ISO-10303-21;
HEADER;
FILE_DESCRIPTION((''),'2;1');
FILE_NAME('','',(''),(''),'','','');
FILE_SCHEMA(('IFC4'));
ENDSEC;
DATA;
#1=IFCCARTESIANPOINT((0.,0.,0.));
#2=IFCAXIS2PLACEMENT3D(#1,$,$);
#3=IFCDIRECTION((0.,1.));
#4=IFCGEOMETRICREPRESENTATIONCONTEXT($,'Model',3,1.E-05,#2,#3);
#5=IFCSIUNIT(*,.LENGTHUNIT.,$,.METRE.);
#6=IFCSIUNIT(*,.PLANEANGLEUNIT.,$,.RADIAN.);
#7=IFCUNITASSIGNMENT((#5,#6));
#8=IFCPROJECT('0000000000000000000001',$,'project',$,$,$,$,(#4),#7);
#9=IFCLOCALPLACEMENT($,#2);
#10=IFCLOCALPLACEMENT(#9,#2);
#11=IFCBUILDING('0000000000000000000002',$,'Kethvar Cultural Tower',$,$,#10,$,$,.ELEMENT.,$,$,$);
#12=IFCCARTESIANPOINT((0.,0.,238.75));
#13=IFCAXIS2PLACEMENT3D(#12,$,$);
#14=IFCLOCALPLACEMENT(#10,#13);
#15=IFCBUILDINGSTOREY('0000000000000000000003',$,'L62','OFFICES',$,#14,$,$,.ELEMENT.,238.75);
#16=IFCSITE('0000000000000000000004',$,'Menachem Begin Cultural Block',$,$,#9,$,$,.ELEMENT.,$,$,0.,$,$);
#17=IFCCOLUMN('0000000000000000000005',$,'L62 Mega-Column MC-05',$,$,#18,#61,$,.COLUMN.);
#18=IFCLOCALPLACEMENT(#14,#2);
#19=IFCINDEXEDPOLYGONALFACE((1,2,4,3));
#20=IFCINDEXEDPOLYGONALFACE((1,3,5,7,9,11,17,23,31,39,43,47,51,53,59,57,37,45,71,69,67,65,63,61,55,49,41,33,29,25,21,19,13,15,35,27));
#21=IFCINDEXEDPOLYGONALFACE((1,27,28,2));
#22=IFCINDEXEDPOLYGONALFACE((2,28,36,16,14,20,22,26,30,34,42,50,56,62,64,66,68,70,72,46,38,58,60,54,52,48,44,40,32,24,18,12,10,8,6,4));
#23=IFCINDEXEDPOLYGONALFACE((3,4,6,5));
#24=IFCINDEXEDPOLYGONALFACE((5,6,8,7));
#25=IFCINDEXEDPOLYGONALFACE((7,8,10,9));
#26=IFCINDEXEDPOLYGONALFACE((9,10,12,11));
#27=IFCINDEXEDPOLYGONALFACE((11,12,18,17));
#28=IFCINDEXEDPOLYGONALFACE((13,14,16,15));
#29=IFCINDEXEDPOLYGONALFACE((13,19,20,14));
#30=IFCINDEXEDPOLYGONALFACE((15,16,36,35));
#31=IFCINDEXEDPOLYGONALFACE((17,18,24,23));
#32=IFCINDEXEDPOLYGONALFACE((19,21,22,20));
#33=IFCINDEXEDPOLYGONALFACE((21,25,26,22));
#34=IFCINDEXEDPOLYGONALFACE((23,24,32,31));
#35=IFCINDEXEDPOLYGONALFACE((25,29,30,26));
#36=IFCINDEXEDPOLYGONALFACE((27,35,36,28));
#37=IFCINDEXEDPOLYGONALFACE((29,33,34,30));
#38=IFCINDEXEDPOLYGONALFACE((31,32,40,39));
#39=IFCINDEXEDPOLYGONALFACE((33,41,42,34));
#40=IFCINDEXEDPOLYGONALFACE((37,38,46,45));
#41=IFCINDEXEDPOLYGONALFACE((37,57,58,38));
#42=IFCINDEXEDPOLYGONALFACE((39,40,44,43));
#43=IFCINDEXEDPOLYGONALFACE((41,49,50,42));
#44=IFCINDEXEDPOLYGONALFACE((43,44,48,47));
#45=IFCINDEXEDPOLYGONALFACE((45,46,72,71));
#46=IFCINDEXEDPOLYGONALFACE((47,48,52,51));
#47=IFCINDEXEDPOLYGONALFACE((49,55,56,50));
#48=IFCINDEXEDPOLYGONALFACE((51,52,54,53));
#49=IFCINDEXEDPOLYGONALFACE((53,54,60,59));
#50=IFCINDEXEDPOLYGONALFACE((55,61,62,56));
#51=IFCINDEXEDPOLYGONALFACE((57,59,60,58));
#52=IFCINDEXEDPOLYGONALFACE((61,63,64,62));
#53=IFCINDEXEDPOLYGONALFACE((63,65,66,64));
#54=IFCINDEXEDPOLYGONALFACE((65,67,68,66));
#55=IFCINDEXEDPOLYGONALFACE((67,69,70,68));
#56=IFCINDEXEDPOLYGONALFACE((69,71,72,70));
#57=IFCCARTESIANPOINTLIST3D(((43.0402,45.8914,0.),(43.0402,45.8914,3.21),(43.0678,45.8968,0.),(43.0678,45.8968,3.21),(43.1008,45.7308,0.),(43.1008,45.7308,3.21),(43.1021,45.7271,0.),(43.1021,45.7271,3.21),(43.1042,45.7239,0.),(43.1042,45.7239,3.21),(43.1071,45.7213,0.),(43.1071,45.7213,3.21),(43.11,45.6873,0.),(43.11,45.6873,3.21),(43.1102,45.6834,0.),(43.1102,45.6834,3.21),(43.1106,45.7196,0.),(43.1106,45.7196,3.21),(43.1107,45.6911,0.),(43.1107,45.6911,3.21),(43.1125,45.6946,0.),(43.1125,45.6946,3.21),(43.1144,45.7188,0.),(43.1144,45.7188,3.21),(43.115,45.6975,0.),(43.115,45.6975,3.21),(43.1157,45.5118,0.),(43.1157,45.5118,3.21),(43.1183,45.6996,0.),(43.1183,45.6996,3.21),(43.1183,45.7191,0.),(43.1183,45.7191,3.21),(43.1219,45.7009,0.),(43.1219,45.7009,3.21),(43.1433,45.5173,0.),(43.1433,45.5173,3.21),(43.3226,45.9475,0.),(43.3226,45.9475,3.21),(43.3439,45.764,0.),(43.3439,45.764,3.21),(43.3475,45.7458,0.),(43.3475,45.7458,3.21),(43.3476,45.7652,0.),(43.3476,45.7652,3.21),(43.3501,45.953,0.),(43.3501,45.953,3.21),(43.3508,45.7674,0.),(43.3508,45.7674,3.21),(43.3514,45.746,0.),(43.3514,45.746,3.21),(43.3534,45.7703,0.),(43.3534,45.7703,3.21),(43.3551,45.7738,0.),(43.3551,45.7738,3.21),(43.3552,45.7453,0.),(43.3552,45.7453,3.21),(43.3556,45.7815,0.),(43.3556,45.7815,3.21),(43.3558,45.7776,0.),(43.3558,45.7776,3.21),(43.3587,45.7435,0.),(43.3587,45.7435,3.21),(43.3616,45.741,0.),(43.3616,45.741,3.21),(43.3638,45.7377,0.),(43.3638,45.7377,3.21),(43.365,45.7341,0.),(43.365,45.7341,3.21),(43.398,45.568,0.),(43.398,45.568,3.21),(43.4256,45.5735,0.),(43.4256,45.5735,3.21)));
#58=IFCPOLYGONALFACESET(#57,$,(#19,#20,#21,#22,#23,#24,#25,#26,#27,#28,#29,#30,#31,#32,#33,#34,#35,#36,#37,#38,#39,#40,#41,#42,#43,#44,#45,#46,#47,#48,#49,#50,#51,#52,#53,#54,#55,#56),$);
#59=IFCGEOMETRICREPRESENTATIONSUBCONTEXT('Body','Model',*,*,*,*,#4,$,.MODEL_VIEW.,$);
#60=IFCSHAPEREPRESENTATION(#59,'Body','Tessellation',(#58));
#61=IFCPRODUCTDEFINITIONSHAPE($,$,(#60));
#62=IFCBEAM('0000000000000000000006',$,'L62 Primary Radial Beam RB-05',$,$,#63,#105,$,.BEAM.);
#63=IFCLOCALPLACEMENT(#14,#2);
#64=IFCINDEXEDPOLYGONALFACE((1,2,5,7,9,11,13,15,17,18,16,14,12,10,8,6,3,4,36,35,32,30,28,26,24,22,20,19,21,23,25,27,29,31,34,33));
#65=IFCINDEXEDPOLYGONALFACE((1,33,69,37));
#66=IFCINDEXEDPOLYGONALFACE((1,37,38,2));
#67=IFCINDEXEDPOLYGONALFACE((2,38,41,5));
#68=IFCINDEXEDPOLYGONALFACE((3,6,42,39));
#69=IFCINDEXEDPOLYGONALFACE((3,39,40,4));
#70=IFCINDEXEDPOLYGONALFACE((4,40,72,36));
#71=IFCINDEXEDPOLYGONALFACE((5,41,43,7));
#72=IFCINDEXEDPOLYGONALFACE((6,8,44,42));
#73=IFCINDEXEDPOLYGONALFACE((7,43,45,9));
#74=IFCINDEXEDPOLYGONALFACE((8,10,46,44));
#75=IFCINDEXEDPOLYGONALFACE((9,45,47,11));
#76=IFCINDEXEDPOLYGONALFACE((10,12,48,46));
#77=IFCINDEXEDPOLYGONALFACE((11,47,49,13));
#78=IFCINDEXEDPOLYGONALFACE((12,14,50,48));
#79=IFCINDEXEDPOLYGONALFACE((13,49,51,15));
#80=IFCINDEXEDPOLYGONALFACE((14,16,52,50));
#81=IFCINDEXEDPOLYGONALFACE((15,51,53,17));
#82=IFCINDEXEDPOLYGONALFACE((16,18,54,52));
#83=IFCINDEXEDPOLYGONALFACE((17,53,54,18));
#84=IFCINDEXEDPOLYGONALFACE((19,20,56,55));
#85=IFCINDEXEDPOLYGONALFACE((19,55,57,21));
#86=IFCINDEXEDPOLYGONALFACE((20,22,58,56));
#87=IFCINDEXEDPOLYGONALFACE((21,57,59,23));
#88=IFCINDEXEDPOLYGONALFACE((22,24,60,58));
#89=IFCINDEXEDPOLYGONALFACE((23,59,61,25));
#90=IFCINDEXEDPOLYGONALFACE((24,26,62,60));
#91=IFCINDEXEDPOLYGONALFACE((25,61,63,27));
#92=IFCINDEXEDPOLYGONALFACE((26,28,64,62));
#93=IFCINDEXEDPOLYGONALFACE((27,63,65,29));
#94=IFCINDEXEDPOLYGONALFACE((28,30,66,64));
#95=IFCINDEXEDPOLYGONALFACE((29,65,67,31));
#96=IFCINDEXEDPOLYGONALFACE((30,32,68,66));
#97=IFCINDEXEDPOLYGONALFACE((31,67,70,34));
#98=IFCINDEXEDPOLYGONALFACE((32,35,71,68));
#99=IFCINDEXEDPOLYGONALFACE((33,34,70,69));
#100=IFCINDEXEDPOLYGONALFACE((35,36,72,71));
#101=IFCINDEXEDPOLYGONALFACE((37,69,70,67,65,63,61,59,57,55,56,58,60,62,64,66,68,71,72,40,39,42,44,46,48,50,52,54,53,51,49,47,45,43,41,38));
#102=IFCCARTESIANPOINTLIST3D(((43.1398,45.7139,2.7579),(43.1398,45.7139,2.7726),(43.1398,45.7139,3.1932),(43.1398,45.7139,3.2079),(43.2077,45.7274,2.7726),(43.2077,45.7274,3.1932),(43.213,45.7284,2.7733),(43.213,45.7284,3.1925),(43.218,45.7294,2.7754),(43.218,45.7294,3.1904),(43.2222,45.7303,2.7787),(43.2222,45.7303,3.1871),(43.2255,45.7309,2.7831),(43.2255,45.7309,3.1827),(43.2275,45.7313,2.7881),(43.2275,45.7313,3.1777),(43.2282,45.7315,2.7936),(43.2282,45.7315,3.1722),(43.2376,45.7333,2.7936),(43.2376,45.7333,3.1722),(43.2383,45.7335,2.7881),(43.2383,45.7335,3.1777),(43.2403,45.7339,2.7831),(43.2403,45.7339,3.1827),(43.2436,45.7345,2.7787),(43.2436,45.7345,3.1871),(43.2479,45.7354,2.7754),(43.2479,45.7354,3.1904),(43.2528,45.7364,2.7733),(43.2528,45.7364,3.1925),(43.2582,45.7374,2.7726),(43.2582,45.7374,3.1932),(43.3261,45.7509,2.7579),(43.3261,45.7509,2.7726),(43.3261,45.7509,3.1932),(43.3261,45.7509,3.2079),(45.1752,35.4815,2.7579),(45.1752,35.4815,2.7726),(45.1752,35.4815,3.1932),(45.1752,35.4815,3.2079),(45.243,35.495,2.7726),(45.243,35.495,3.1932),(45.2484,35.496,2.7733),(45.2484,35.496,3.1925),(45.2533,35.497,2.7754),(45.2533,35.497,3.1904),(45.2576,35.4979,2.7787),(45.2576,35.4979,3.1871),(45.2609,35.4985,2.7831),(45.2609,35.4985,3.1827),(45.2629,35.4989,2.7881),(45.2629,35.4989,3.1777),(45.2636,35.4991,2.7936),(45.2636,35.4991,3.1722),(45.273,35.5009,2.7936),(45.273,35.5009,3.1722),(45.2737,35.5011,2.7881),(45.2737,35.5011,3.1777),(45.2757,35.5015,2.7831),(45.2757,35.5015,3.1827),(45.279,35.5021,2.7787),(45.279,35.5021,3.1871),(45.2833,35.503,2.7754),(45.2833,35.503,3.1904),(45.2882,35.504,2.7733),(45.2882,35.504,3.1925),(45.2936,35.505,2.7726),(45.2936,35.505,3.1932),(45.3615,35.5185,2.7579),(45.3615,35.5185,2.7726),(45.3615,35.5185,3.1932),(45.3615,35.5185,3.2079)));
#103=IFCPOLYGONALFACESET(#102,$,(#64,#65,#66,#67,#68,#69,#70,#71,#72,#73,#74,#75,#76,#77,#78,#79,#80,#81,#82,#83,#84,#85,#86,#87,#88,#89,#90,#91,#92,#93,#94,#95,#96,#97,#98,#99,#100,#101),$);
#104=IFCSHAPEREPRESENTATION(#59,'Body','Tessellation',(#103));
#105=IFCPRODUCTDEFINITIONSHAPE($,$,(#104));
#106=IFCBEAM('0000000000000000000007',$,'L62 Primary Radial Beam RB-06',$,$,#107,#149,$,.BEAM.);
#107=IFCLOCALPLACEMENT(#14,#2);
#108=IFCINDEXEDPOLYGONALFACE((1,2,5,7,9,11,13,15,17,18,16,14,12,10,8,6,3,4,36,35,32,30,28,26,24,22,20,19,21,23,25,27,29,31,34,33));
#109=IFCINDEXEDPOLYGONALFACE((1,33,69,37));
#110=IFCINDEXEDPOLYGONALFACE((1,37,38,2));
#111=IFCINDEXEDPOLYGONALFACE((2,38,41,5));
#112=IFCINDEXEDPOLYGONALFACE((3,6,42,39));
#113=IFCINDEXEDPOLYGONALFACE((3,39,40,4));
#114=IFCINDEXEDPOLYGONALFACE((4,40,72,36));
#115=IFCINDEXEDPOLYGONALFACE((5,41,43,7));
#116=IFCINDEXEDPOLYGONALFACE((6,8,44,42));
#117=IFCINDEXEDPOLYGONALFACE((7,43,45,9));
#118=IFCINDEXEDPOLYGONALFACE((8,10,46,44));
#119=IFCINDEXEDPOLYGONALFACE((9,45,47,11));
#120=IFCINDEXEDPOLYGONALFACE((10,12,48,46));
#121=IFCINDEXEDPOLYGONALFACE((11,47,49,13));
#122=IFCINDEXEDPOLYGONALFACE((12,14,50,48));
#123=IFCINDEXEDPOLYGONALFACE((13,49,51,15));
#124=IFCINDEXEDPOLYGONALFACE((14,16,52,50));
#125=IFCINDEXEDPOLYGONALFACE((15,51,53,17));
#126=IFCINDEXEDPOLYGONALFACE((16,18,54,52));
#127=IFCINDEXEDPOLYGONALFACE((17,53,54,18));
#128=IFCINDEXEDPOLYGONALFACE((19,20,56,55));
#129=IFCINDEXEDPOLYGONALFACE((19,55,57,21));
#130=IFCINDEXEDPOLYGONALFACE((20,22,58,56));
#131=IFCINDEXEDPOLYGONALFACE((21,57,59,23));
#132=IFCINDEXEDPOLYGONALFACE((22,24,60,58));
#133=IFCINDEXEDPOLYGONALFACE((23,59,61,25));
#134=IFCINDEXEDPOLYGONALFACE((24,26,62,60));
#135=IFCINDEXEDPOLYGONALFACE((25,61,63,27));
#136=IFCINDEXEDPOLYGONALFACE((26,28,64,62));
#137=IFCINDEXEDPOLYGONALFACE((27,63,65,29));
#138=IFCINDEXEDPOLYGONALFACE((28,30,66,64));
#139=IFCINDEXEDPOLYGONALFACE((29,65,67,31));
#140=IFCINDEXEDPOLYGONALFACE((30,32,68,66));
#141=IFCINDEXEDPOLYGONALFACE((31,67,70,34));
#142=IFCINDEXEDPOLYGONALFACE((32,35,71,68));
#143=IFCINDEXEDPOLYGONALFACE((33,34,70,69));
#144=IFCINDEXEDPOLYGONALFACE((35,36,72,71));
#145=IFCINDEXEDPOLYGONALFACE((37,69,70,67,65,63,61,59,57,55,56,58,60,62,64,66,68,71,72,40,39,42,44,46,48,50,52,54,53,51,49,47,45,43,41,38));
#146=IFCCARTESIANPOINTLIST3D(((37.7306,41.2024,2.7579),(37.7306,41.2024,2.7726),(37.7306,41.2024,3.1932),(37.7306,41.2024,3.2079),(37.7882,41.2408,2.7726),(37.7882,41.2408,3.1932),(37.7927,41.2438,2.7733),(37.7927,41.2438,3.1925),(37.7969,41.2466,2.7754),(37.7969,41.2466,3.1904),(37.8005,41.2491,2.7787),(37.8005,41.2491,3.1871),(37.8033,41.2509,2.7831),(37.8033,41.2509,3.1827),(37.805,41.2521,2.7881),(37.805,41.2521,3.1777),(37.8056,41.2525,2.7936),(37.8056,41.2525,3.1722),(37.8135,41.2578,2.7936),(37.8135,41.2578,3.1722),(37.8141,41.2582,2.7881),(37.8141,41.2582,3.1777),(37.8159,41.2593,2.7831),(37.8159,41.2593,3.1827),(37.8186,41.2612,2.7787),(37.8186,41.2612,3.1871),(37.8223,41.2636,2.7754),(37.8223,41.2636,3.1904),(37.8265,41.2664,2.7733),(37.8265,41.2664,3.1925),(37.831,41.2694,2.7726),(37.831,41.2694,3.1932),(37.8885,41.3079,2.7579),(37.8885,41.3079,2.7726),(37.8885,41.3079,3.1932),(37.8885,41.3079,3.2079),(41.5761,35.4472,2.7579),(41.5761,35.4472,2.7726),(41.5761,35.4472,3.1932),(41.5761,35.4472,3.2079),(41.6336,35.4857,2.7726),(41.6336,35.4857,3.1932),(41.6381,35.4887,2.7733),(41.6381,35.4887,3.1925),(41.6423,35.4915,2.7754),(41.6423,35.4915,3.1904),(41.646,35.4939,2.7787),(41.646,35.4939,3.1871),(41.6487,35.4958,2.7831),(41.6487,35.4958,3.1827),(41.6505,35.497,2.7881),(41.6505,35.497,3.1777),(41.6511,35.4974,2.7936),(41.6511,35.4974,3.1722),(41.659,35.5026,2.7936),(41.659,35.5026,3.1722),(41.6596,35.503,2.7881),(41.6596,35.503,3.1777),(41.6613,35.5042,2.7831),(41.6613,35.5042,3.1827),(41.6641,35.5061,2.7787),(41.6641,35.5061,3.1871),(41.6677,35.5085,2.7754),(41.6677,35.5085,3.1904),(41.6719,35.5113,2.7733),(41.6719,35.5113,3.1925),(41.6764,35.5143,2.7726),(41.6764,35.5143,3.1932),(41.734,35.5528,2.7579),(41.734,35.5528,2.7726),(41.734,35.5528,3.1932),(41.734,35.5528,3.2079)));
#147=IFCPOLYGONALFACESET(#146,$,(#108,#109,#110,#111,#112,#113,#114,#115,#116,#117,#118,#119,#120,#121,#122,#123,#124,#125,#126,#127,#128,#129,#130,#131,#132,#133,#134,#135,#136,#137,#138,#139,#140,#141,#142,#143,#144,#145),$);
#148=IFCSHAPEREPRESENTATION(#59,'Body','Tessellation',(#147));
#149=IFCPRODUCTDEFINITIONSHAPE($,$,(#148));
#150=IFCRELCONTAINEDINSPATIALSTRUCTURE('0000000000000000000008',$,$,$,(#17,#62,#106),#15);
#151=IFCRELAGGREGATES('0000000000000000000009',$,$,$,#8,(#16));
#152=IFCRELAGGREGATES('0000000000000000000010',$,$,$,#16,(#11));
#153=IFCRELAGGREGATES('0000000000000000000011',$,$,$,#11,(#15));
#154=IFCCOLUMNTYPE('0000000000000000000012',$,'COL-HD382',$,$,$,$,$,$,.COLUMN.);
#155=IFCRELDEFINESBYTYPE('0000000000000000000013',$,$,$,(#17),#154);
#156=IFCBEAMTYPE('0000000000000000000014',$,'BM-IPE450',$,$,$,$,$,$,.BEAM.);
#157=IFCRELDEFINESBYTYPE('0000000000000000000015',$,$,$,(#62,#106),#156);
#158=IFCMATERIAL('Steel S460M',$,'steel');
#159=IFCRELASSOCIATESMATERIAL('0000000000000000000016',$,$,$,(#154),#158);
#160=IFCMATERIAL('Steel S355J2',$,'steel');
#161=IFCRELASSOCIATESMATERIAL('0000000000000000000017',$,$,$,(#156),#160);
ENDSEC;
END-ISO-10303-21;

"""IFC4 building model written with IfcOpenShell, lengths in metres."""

from ifc_helpers import new_model, si_unit, direction, frame, origin, origin_2d, place, context, subcontext, project, spatial, i_section, extrude, source, transform, mapped, material, material_profile, profile_set, type_object, element, save


model = new_model("IFC4")

# Units and contexts
model_context = context("Model", 3, precision=1e-05, world=origin(), true_north=direction((0.0, 1.0)))
body_context = subcontext(model_context, "Body", "Model", "MODEL_VIEW")
ifc_project = project(units=[si_unit("LENGTHUNIT", "METRE"), si_unit("PLANEANGLEUNIT", "RADIAN")], contexts=[model_context])

# Site, building, storey
site_placement = place(None, origin())
site = spatial("IfcSite", under=ifc_project, at=site_placement, Name="Menachem Begin Cultural Block", CompositionType="ELEMENT", RefElevation=0.0)
building_placement = place(site_placement, origin())
building = spatial("IfcBuilding", under=site, at=building_placement, Name="Kethvar Cultural Tower", CompositionType="ELEMENT")
storey_placement = place(building_placement, frame((0.0, 0.0, 238.75)))
storey = spatial("IfcBuildingStorey", under=building, at=storey_placement, Name="L62", Description="OFFICES", CompositionType="ELEMENT", Elevation=238.75)

# Column
ifc_material_1 = material(Name="Steel S460M", Category="steel")
ifc_material_profile_1 = material_profile(ifc_material_1, i_section(OverallWidth=0.387, OverallDepth=0.3159, WebThickness=0.0186, FlangeThickness=0.0281, FilletRadius=0.0149, at=origin_2d()), Name="Steel S460M — HD400x382")
ifc_profile_set_1 = profile_set([ifc_material_profile_1], Name="Steel S460M — HD400x382")
column_type = type_object("IfcColumnType", Name="COL-HD382", PredefinedType="COLUMN", material=ifc_profile_set_1)
shared_shape_1 = source(origin(), body_context, "Body", "SweptSolid", [
    extrude(i_section(OverallWidth=0.387, OverallDepth=0.3159, WebThickness=0.0186, FlangeThickness=0.0281, FilletRadius=0.0149, at=origin_2d()), origin(), (0.0, 0.0, 1.0), 3.21),
])
column_placement = place(storey_placement, frame((43.2329, 45.7324, 0.0), z_axis=(0.0, 0.0, 1.0), x_axis=(-0.19509, 0.980785, 0.0)))
element("IfcColumn", 1, at=column_placement, inside=storey, type_object=column_type, Name="L62 Mega-Column MC-05", PredefinedType="COLUMN", context=body_context, shape_type="MappedRepresentation", body=[
    mapped(shared_shape_1, transform((0.0, 0.0, 0.0), scale=1.0)),
])

# Beams
ifc_material_2 = material(Name="Steel S355J2", Category="steel")
ifc_material_profile_2 = material_profile(ifc_material_2, i_section(OverallWidth=0.1899, OverallDepth=0.45, WebThickness=0.0095, FlangeThickness=0.0146, FilletRadius=0.021, at=origin_2d()), Name="Steel S355J2 — IPE450")
ifc_profile_set_2 = profile_set([ifc_material_profile_2], Name="Steel S355J2 — IPE450")
beam_type_1 = type_object("IfcBeamType", Name="BM-IPE450", PredefinedType="BEAM", material=ifc_profile_set_2)
shared_shape_2 = source(origin(), body_context, "Body", "SweptSolid", [
    extrude(i_section(OverallWidth=0.1899, OverallDepth=0.45, WebThickness=0.0095, FlangeThickness=0.0146, FilletRadius=0.021, at=origin_2d()), origin(), (0.0, 0.0, 1.0), 10.4329),
])
beam_1_placement = place(storey_placement, frame((45.2683, 35.5, 2.9829), z_axis=(-0.195094, 0.980784, 0.0), x_axis=(-0.980784, -0.195094, 0.0)))
element("IfcBeam", 2, at=beam_1_placement, inside=storey, type_object=beam_type_1, Name="L62 Primary Radial Beam RB-05", PredefinedType="BEAM", context=body_context, shape_type="MappedRepresentation", body=[
    mapped(shared_shape_2, transform((0.0, 0.0, 0.0), scale=1.0)),
])
shared_shape_3 = source(origin(), body_context, "Body", "SweptSolid", [
    extrude(i_section(OverallWidth=0.1899, OverallDepth=0.45, WebThickness=0.0095, FlangeThickness=0.0146, FilletRadius=0.021, at=origin_2d()), origin(), (0.0, 0.0, 1.0), 6.9216),
])
beam_2_placement = place(storey_placement, frame((41.655, 35.5, 2.9829), z_axis=(-0.555571, 0.831469, 0.0), x_axis=(-0.831469, -0.555571, 0.0)))
element("IfcBeam", 3, at=beam_2_placement, inside=storey, type_object=beam_type_1, Name="L62 Primary Radial Beam RB-06", PredefinedType="BEAM", context=body_context, shape_type="MappedRepresentation", body=[
    mapped(shared_shape_3, transform((0.0, 0.0, 0.0), scale=1.0)),
])

save(model, "model.ifc")
